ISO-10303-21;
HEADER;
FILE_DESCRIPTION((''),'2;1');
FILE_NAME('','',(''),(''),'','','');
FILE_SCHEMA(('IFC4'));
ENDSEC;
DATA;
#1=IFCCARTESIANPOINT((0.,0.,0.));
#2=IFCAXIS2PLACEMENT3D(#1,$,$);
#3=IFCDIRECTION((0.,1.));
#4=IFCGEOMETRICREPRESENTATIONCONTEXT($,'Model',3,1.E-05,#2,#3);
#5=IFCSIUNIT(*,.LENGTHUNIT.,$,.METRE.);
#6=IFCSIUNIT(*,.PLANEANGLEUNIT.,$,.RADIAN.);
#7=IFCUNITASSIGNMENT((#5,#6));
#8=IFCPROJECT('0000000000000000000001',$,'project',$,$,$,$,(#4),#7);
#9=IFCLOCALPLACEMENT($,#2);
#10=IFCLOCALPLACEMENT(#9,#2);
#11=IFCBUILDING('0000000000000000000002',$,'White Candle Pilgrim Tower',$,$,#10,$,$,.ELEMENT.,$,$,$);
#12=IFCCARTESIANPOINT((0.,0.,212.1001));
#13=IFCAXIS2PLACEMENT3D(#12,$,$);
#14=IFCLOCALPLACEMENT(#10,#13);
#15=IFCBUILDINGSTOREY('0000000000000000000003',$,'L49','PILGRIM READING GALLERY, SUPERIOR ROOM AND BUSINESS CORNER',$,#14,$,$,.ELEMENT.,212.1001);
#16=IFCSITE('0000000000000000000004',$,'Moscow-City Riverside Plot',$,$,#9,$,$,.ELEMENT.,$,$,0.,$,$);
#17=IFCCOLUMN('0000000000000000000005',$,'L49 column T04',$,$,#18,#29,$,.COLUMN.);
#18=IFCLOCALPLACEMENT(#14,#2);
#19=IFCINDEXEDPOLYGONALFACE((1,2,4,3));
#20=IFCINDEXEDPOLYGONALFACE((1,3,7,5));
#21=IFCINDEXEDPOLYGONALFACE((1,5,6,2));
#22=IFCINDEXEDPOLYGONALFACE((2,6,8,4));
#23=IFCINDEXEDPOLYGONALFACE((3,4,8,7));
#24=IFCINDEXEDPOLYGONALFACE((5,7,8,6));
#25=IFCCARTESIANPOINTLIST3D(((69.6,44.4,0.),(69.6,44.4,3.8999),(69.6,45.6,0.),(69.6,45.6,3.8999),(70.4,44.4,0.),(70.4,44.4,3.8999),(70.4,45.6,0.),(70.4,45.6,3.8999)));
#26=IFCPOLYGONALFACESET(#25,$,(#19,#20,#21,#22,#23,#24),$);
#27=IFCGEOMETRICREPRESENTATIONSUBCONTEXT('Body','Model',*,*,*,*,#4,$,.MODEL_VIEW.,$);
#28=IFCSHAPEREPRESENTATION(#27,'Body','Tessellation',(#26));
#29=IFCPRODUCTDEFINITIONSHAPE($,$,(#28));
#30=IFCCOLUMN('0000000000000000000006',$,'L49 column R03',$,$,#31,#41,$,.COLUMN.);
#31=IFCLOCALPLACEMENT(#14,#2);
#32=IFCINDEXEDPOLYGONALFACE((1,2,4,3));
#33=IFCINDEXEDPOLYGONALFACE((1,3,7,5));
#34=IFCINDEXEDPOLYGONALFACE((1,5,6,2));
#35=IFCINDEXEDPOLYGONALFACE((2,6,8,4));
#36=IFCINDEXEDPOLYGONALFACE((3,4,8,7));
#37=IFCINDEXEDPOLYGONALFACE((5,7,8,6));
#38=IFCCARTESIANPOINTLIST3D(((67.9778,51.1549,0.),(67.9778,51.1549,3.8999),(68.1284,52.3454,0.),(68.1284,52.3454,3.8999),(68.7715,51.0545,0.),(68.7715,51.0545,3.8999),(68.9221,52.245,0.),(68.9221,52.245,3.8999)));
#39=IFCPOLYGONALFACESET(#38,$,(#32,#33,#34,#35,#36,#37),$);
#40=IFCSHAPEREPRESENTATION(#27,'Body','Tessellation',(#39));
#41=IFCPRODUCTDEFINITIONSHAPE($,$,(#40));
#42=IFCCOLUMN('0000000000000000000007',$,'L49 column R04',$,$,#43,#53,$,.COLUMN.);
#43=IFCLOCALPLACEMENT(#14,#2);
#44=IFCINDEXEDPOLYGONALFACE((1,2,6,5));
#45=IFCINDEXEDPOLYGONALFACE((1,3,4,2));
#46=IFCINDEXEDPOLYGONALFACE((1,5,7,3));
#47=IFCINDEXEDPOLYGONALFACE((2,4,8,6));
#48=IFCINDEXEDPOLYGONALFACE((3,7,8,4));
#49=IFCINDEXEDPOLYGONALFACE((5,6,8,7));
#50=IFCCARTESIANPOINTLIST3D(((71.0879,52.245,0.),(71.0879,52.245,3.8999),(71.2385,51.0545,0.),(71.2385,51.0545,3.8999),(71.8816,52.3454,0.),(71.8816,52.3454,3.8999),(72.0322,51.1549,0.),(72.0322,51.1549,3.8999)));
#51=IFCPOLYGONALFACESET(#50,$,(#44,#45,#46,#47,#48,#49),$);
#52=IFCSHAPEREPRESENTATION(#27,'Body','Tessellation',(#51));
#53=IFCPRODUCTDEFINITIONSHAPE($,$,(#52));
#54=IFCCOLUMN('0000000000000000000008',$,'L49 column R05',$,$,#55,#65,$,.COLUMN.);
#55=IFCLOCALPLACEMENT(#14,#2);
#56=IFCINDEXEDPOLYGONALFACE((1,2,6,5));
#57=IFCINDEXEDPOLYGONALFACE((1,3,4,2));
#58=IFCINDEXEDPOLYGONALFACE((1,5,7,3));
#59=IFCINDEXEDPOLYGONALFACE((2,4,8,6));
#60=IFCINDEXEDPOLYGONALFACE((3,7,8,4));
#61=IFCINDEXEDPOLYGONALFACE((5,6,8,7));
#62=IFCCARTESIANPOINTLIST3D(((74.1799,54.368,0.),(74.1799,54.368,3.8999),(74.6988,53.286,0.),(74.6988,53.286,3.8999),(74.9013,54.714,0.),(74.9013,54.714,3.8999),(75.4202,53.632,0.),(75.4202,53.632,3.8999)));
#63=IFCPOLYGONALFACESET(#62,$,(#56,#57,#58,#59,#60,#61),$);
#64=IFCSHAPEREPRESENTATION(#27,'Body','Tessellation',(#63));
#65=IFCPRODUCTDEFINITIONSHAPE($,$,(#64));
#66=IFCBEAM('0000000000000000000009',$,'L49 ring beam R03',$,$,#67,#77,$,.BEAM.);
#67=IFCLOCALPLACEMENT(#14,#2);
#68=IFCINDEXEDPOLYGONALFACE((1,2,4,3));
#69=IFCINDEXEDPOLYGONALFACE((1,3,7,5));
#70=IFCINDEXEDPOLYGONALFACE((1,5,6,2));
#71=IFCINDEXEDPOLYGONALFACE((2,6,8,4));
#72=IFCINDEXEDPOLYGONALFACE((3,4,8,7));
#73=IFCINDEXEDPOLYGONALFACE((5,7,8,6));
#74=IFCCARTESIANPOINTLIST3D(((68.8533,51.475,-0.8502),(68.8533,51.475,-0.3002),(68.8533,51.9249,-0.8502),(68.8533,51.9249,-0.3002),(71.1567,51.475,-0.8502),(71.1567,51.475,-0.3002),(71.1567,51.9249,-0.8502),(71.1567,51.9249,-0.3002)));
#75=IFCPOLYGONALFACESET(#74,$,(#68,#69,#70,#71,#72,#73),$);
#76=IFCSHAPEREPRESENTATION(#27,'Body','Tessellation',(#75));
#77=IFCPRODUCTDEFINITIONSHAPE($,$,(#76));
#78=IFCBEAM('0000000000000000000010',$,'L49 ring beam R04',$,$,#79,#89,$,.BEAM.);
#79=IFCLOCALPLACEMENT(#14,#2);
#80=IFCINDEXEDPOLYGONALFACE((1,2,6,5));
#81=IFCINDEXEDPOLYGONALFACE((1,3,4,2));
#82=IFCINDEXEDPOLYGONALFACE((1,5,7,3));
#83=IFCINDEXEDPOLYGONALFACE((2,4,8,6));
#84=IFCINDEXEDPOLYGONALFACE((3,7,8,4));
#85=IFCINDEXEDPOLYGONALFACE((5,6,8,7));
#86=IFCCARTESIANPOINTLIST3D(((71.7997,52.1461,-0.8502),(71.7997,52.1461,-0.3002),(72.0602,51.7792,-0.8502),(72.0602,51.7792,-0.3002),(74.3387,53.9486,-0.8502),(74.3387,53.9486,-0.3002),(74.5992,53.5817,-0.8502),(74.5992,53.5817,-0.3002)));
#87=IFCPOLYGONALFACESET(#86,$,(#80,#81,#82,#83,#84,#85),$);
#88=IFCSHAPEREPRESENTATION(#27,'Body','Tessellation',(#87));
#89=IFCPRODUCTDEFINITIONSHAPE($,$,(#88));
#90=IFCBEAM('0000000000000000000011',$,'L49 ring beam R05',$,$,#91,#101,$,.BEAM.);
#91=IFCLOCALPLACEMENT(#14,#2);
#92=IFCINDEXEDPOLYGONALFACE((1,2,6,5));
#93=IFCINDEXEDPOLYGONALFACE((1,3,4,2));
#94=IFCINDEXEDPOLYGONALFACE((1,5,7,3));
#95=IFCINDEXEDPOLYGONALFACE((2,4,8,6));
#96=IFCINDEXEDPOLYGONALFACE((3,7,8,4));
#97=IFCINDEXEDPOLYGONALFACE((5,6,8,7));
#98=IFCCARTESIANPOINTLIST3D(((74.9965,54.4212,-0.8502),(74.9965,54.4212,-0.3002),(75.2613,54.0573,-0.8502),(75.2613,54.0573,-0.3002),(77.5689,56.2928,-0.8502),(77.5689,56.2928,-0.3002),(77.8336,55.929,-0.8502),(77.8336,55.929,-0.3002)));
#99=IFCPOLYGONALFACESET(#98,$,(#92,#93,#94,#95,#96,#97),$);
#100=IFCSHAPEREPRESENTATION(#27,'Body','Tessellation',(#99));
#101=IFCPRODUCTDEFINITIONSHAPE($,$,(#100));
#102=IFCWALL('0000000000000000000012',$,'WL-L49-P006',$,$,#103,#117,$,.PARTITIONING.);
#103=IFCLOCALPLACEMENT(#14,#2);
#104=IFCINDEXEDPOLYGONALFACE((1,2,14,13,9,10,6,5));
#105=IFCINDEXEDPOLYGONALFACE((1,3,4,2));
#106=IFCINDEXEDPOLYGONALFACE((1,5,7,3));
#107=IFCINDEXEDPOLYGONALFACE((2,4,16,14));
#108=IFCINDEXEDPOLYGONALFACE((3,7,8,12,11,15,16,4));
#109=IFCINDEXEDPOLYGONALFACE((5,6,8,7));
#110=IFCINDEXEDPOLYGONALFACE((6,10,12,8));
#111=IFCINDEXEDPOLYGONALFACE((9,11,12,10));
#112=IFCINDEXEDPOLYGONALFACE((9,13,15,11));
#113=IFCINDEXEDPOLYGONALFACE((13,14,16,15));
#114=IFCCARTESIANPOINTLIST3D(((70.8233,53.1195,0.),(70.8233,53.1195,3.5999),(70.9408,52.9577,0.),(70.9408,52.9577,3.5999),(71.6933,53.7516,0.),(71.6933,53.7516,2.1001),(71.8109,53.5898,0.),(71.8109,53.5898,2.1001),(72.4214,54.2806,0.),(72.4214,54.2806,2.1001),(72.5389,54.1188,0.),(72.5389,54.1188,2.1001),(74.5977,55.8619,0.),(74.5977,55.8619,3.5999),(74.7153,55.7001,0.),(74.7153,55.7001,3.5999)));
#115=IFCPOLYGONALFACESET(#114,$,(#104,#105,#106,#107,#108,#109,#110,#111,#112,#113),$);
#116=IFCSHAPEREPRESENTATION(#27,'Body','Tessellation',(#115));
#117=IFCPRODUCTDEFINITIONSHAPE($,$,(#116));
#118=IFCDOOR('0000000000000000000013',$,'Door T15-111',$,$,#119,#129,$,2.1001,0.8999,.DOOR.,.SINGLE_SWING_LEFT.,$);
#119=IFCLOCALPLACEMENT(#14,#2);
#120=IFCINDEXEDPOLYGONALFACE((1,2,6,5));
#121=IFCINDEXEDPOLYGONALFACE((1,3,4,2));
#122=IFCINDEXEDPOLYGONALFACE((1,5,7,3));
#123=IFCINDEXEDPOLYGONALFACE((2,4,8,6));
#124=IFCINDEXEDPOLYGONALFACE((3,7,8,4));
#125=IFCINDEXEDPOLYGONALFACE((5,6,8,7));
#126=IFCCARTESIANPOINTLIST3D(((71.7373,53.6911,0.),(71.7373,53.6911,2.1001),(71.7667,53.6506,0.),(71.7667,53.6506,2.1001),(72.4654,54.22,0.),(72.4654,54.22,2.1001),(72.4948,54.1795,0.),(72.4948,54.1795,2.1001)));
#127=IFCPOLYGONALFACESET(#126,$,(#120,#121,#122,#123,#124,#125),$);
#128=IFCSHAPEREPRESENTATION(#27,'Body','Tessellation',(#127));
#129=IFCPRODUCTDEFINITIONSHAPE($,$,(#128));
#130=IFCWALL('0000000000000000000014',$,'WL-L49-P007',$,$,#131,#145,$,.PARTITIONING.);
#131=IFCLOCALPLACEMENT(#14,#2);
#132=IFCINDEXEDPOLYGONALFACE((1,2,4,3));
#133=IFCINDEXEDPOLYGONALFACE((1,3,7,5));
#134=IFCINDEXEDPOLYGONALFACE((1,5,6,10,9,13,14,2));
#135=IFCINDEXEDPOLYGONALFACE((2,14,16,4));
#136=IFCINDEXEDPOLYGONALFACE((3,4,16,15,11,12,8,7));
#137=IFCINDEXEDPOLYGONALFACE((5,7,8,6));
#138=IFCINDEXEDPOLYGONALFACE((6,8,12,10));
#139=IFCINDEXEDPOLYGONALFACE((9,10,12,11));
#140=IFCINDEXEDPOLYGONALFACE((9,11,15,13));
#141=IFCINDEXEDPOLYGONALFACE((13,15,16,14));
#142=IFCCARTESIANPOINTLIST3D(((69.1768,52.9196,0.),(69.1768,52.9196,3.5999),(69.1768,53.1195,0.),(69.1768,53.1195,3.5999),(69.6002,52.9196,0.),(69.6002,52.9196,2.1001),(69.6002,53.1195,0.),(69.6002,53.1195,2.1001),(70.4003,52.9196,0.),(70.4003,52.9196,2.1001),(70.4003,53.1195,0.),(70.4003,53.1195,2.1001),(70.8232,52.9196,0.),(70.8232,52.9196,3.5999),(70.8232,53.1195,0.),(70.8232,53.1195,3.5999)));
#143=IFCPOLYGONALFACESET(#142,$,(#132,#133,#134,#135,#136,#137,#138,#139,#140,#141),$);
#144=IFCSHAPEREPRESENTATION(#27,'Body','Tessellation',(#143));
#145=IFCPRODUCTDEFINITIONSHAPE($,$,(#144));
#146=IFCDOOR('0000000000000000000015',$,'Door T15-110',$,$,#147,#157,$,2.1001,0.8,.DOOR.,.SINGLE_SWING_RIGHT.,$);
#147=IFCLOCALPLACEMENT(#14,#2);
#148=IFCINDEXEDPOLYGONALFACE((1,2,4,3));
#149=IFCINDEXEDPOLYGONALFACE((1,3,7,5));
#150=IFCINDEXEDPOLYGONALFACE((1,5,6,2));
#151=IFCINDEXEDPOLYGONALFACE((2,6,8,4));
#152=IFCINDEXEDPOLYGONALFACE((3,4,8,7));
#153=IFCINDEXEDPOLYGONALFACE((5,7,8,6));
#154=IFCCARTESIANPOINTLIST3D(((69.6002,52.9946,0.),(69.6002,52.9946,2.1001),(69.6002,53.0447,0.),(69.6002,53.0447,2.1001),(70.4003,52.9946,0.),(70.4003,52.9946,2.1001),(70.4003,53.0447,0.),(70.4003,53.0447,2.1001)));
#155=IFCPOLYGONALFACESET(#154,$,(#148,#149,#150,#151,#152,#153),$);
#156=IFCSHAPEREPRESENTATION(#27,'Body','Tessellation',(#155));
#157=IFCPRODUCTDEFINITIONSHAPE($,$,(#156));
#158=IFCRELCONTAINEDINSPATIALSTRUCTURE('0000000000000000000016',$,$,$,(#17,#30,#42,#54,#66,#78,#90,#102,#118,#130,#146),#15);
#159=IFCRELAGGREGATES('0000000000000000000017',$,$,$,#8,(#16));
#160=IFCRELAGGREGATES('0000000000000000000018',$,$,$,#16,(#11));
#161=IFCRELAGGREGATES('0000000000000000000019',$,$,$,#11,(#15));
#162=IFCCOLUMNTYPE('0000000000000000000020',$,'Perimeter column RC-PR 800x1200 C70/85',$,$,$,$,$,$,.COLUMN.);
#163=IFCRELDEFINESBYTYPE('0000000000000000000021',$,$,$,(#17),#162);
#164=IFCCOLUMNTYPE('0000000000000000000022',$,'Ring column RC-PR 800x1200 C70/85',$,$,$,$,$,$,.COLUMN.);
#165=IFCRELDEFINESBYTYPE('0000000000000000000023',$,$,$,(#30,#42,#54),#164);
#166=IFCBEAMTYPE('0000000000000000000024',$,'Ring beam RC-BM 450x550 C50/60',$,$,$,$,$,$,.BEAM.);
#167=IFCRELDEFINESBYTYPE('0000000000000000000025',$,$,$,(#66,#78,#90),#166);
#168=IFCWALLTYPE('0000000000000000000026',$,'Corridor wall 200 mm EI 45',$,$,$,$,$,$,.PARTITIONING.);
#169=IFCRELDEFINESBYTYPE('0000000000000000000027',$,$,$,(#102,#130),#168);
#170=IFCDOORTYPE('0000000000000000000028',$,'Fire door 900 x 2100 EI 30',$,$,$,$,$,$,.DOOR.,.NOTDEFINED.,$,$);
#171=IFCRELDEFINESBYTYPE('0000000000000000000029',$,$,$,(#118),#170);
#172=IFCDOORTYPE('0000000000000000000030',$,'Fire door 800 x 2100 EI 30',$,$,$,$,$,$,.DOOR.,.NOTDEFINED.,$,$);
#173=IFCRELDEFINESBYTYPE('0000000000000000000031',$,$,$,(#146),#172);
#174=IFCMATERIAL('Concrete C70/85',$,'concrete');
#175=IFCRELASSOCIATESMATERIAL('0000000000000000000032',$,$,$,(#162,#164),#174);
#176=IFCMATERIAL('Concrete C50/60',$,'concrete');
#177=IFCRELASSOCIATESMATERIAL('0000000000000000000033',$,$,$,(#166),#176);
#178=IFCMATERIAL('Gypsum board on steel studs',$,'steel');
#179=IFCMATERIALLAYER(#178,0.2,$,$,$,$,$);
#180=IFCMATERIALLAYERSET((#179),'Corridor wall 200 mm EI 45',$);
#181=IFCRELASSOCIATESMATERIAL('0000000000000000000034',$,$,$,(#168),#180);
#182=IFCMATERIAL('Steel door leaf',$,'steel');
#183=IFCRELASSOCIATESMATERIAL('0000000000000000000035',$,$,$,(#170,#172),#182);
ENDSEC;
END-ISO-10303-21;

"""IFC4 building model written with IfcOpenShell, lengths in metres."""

from ifc_helpers import new_model, si_unit, direction, frame, frame_2d, origin, origin_2d, place, context, subcontext, project, spatial, rectangle, extrude, material, layer, layer_set, material_profile, profile_set, type_object, element, fill, save


model = new_model("IFC4")

# Units and contexts
model_context = context("Model", 3, precision=1e-05, world=origin(), true_north=direction((0.0, 1.0)))
body_context = subcontext(model_context, "Body", "Model", "MODEL_VIEW")
ifc_project = project(units=[si_unit("LENGTHUNIT", "METRE"), si_unit("PLANEANGLEUNIT", "RADIAN")], contexts=[model_context])

# Site, building, storey
site_placement = place(None, origin())
site = spatial("IfcSite", under=ifc_project, at=site_placement, Name="Moscow-City Riverside Plot", CompositionType="ELEMENT", RefElevation=0.0)
building_placement = place(site_placement, origin())
building = spatial("IfcBuilding", under=site, at=building_placement, Name="White Candle Pilgrim Tower", CompositionType="ELEMENT")
storey_placement = place(building_placement, frame((0.0, 0.0, 212.1001)))
storey = spatial("IfcBuildingStorey", under=building, at=storey_placement, Name="L49", Description="PILGRIM READING GALLERY, SUPERIOR ROOM AND BUSINESS CORNER", CompositionType="ELEMENT", Elevation=212.1001)

# Columns
ifc_material_1 = material(Name="Concrete C70/85", Category="concrete")
ifc_material_profile_1 = material_profile(ifc_material_1, rectangle(XDim=0.8, YDim=1.2, at=origin_2d()), Name="RC-PR 800x1200")
ifc_profile_set_1 = profile_set([ifc_material_profile_1], Name="Concrete C70/85")
column_type_1 = type_object("IfcColumnType", Name="Perimeter column RC-PR 800x1200 C70/85", PredefinedType="COLUMN", material=ifc_profile_set_1)
column_placement = place(storey_placement, frame((70.0, 45.0, 0.0), z_axis=(0.0, 0.0, 1.0), x_axis=(-1.0, 0.0, 0.0)))
element("IfcColumn", 1, at=column_placement, inside=storey, type_object=column_type_1, Name="L49 column T04", PredefinedType="COLUMN", context=body_context, shape_type="SweptSolid", body=[
    extrude(rectangle(XDim=0.8, YDim=1.2, at=origin_2d()), origin(), (0.0, 0.0, 1.0), 3.8999),
])
ifc_material_profile_2 = material_profile(ifc_material_1, rectangle(XDim=0.8, YDim=1.2, at=origin_2d()), Name="RC-PR 800x1200")
ifc_profile_set_2 = profile_set([ifc_material_profile_2], Name="Concrete C70/85")
column_type_2 = type_object("IfcColumnType", Name="Ring column RC-PR 800x1200 C70/85", PredefinedType="COLUMN", material=ifc_profile_set_2)
for number, where, z_axis, x_axis, name in (
    (2, (68.45, 51.7, 0.0), (0.0, 0.0, 1.0), (-0.992093, 0.125506, 0.0), "L49 column R03"),
    (3, (71.5601, 51.7, 0.0), (0.0, 0.0, 1.0), (-0.992093, -0.125506, 0.0), "L49 column R04"),
    (4, (74.8, 54.0, 0.0), (0.0, 0.0, 1.0), (-0.901689, -0.432385, 0.0), "L49 column R05"),
):
    element("IfcColumn", number, at=place(storey_placement, frame(where, z_axis=z_axis, x_axis=x_axis)), inside=storey, type_object=column_type_2, Name=name, PredefinedType="COLUMN", context=body_context, shape_type="SweptSolid", body=[
        extrude(rectangle(XDim=0.8, YDim=1.2, at=origin_2d()), origin(), (0.0, 0.0, 1.0), 3.8999),
    ])

# Beams
ifc_material_2 = material(Name="Concrete C50/60", Category="concrete")
ifc_material_profile_3 = material_profile(ifc_material_2, rectangle(XDim=0.45, YDim=0.55, at=origin_2d()), Name="RC-BM 450x550")
ifc_profile_set_3 = profile_set([ifc_material_profile_3], Name="Concrete C50/60")
beam_type = type_object("IfcBeamType", Name="Ring beam RC-BM 450x550 C50/60", PredefinedType="BEAM", material=ifc_profile_set_3)
beam_1_placement = place(storey_placement, frame((68.8533, 51.7, -0.5752), z_axis=(1.0, 0.0, 0.0), x_axis=(0.0, 1.0, 0.0)))
element("IfcBeam", 5, at=beam_1_placement, inside=storey, type_object=beam_type, Name="L49 ring beam R03", PredefinedType="BEAM", context=body_context, shape_type="SweptSolid", body=[
    extrude(rectangle(XDim=0.45, YDim=0.55, at=origin_2d()), origin(), (0.0, 0.0, 1.0), 2.3035),
])
beam_2_placement = place(storey_placement, frame((71.9299, 51.9626, -0.5752), z_axis=(0.81542, 0.57887, 0.0), x_axis=(-0.57887, 0.81542, 0.0)))
element("IfcBeam", 6, at=beam_2_placement, inside=storey, type_object=beam_type, Name="L49 ring beam R04", PredefinedType="BEAM", context=body_context, shape_type="SweptSolid", body=[
    extrude(rectangle(XDim=0.45, YDim=0.55, at=origin_2d()), origin(), (0.0, 0.0, 1.0), 3.1138),
])
beam_3_placement = place(storey_placement, frame((75.1289, 54.2393, -0.5752), z_axis=(0.80861, 0.588345, 0.0), x_axis=(-0.588345, 0.80861, 0.0)))
element("IfcBeam", 7, at=beam_3_placement, inside=storey, type_object=beam_type, Name="L49 ring beam R05", PredefinedType="BEAM", context=body_context, shape_type="SweptSolid", body=[
    extrude(rectangle(XDim=0.45, YDim=0.55, at=origin_2d()), origin(), (0.0, 0.0, 1.0), 3.1812),
])

# Walls, openings, doors
ifc_material_3 = material(Name="Gypsum board on steel studs", Category="steel")
ifc_layer_1 = layer(ifc_material_3, 0.2)
ifc_layer_set_1 = layer_set([ifc_layer_1], Name="Corridor wall 200 mm EI 45")
wall_type_1 = type_object("IfcWallType", Name="Corridor wall 200 mm EI 45", PredefinedType="PARTITIONING", material=ifc_layer_set_1)
wall_1_placement = place(storey_placement, frame((74.6565, 55.781, 0.0), z_axis=(0.0, 0.0, 1.0), x_axis=(-0.809001, -0.587808, 0.0)))
wall_1 = element("IfcWall", 8, at=wall_1_placement, inside=storey, type_object=wall_type_1, Name="WL-L49-P006", PredefinedType="PARTITIONING", context=body_context, shape_type="SweptSolid", body=[
    extrude(rectangle(XDim=4.6655, YDim=0.2, at=frame_2d((2.3328, 0.0))), origin(), (0.0, 0.0, 1.0), 3.5999),
])
opening_1_placement = place(wall_1_placement, frame((2.6902, 0.0, 0.0)))
opening_1 = element("IfcOpeningElement", 9, at=opening_1_placement, cuts=wall_1, PredefinedType="OPENING", context=body_context, shape_type="SweptSolid", body=[
    extrude(rectangle(XDim=0.8999, YDim=2.1001, at=frame_2d((0.45, 1.05))), frame((0.0, 0.1099, 0.0), z_axis=(0.0, -1.0, 0.0), x_axis=(1.0, 0.0, 0.0)), (0.0, 0.0, 1.0), 0.22),
])
ifc_material_4 = material(Name="Steel door leaf", Category="steel")
door_type_1 = type_object("IfcDoorType", Name="Fire door 900 x 2100 EI 30", OperationType="NOTDEFINED", PredefinedType="DOOR", material=ifc_material_4)
door_1_placement = place(opening_1_placement, origin())
door_1 = element("IfcDoor", 10, at=door_1_placement, inside=storey, type_object=door_type_1, Name="Door T15-111", OperationType="SINGLE_SWING_LEFT", OverallHeight=2.1001, OverallWidth=0.8999, PredefinedType="DOOR", context=body_context, shape_type="SweptSolid", body=[
    extrude(rectangle(XDim=0.8999, YDim=2.1001, at=frame_2d((0.45, 1.05))), frame((0.0, 0.0249, 0.0), z_axis=(0.0, -1.0, 0.0), x_axis=(1.0, 0.0, 0.0)), (0.0, 0.0, 1.0), 0.05),
])
fill(opening_1, door_1)
wall_2_placement = place(storey_placement, frame((70.8232, 53.0195, 0.0), z_axis=(0.0, 0.0, 1.0), x_axis=(-1.0, 0.0, 0.0)))
wall_2 = element("IfcWall", 11, at=wall_2_placement, inside=storey, type_object=wall_type_1, Name="WL-L49-P007", PredefinedType="PARTITIONING", context=body_context, shape_type="SweptSolid", body=[
    extrude(rectangle(XDim=1.6465, YDim=0.2, at=frame_2d((0.8232, 0.0))), origin(), (0.0, 0.0, 1.0), 3.5999),
])
opening_2_placement = place(wall_2_placement, frame((0.4231, 0.0, 0.0)))
opening_2 = element("IfcOpeningElement", 12, at=opening_2_placement, cuts=wall_2, PredefinedType="OPENING", context=body_context, shape_type="SweptSolid", body=[
    extrude(rectangle(XDim=0.8, YDim=2.1001, at=frame_2d((0.3999, 1.05))), frame((0.0, 0.1099, 0.0), z_axis=(0.0, -1.0, 0.0), x_axis=(1.0, 0.0, 0.0)), (0.0, 0.0, 1.0), 0.22),
])
door_type_2 = type_object("IfcDoorType", Name="Fire door 800 x 2100 EI 30", OperationType="NOTDEFINED", PredefinedType="DOOR", material=ifc_material_4)
door_2_placement = place(opening_2_placement, origin())
door_2 = element("IfcDoor", 13, at=door_2_placement, inside=storey, type_object=door_type_2, Name="Door T15-110", OperationType="SINGLE_SWING_RIGHT", OverallHeight=2.1001, OverallWidth=0.8, PredefinedType="DOOR", context=body_context, shape_type="SweptSolid", body=[
    extrude(rectangle(XDim=0.8, YDim=2.1001, at=frame_2d((0.3999, 1.05))), frame((0.0, 0.0249, 0.0), z_axis=(0.0, -1.0, 0.0), x_axis=(1.0, 0.0, 0.0)), (0.0, 0.0, 1.0), 0.05),
])
fill(opening_2, door_2)

save(model, "model.ifc")
